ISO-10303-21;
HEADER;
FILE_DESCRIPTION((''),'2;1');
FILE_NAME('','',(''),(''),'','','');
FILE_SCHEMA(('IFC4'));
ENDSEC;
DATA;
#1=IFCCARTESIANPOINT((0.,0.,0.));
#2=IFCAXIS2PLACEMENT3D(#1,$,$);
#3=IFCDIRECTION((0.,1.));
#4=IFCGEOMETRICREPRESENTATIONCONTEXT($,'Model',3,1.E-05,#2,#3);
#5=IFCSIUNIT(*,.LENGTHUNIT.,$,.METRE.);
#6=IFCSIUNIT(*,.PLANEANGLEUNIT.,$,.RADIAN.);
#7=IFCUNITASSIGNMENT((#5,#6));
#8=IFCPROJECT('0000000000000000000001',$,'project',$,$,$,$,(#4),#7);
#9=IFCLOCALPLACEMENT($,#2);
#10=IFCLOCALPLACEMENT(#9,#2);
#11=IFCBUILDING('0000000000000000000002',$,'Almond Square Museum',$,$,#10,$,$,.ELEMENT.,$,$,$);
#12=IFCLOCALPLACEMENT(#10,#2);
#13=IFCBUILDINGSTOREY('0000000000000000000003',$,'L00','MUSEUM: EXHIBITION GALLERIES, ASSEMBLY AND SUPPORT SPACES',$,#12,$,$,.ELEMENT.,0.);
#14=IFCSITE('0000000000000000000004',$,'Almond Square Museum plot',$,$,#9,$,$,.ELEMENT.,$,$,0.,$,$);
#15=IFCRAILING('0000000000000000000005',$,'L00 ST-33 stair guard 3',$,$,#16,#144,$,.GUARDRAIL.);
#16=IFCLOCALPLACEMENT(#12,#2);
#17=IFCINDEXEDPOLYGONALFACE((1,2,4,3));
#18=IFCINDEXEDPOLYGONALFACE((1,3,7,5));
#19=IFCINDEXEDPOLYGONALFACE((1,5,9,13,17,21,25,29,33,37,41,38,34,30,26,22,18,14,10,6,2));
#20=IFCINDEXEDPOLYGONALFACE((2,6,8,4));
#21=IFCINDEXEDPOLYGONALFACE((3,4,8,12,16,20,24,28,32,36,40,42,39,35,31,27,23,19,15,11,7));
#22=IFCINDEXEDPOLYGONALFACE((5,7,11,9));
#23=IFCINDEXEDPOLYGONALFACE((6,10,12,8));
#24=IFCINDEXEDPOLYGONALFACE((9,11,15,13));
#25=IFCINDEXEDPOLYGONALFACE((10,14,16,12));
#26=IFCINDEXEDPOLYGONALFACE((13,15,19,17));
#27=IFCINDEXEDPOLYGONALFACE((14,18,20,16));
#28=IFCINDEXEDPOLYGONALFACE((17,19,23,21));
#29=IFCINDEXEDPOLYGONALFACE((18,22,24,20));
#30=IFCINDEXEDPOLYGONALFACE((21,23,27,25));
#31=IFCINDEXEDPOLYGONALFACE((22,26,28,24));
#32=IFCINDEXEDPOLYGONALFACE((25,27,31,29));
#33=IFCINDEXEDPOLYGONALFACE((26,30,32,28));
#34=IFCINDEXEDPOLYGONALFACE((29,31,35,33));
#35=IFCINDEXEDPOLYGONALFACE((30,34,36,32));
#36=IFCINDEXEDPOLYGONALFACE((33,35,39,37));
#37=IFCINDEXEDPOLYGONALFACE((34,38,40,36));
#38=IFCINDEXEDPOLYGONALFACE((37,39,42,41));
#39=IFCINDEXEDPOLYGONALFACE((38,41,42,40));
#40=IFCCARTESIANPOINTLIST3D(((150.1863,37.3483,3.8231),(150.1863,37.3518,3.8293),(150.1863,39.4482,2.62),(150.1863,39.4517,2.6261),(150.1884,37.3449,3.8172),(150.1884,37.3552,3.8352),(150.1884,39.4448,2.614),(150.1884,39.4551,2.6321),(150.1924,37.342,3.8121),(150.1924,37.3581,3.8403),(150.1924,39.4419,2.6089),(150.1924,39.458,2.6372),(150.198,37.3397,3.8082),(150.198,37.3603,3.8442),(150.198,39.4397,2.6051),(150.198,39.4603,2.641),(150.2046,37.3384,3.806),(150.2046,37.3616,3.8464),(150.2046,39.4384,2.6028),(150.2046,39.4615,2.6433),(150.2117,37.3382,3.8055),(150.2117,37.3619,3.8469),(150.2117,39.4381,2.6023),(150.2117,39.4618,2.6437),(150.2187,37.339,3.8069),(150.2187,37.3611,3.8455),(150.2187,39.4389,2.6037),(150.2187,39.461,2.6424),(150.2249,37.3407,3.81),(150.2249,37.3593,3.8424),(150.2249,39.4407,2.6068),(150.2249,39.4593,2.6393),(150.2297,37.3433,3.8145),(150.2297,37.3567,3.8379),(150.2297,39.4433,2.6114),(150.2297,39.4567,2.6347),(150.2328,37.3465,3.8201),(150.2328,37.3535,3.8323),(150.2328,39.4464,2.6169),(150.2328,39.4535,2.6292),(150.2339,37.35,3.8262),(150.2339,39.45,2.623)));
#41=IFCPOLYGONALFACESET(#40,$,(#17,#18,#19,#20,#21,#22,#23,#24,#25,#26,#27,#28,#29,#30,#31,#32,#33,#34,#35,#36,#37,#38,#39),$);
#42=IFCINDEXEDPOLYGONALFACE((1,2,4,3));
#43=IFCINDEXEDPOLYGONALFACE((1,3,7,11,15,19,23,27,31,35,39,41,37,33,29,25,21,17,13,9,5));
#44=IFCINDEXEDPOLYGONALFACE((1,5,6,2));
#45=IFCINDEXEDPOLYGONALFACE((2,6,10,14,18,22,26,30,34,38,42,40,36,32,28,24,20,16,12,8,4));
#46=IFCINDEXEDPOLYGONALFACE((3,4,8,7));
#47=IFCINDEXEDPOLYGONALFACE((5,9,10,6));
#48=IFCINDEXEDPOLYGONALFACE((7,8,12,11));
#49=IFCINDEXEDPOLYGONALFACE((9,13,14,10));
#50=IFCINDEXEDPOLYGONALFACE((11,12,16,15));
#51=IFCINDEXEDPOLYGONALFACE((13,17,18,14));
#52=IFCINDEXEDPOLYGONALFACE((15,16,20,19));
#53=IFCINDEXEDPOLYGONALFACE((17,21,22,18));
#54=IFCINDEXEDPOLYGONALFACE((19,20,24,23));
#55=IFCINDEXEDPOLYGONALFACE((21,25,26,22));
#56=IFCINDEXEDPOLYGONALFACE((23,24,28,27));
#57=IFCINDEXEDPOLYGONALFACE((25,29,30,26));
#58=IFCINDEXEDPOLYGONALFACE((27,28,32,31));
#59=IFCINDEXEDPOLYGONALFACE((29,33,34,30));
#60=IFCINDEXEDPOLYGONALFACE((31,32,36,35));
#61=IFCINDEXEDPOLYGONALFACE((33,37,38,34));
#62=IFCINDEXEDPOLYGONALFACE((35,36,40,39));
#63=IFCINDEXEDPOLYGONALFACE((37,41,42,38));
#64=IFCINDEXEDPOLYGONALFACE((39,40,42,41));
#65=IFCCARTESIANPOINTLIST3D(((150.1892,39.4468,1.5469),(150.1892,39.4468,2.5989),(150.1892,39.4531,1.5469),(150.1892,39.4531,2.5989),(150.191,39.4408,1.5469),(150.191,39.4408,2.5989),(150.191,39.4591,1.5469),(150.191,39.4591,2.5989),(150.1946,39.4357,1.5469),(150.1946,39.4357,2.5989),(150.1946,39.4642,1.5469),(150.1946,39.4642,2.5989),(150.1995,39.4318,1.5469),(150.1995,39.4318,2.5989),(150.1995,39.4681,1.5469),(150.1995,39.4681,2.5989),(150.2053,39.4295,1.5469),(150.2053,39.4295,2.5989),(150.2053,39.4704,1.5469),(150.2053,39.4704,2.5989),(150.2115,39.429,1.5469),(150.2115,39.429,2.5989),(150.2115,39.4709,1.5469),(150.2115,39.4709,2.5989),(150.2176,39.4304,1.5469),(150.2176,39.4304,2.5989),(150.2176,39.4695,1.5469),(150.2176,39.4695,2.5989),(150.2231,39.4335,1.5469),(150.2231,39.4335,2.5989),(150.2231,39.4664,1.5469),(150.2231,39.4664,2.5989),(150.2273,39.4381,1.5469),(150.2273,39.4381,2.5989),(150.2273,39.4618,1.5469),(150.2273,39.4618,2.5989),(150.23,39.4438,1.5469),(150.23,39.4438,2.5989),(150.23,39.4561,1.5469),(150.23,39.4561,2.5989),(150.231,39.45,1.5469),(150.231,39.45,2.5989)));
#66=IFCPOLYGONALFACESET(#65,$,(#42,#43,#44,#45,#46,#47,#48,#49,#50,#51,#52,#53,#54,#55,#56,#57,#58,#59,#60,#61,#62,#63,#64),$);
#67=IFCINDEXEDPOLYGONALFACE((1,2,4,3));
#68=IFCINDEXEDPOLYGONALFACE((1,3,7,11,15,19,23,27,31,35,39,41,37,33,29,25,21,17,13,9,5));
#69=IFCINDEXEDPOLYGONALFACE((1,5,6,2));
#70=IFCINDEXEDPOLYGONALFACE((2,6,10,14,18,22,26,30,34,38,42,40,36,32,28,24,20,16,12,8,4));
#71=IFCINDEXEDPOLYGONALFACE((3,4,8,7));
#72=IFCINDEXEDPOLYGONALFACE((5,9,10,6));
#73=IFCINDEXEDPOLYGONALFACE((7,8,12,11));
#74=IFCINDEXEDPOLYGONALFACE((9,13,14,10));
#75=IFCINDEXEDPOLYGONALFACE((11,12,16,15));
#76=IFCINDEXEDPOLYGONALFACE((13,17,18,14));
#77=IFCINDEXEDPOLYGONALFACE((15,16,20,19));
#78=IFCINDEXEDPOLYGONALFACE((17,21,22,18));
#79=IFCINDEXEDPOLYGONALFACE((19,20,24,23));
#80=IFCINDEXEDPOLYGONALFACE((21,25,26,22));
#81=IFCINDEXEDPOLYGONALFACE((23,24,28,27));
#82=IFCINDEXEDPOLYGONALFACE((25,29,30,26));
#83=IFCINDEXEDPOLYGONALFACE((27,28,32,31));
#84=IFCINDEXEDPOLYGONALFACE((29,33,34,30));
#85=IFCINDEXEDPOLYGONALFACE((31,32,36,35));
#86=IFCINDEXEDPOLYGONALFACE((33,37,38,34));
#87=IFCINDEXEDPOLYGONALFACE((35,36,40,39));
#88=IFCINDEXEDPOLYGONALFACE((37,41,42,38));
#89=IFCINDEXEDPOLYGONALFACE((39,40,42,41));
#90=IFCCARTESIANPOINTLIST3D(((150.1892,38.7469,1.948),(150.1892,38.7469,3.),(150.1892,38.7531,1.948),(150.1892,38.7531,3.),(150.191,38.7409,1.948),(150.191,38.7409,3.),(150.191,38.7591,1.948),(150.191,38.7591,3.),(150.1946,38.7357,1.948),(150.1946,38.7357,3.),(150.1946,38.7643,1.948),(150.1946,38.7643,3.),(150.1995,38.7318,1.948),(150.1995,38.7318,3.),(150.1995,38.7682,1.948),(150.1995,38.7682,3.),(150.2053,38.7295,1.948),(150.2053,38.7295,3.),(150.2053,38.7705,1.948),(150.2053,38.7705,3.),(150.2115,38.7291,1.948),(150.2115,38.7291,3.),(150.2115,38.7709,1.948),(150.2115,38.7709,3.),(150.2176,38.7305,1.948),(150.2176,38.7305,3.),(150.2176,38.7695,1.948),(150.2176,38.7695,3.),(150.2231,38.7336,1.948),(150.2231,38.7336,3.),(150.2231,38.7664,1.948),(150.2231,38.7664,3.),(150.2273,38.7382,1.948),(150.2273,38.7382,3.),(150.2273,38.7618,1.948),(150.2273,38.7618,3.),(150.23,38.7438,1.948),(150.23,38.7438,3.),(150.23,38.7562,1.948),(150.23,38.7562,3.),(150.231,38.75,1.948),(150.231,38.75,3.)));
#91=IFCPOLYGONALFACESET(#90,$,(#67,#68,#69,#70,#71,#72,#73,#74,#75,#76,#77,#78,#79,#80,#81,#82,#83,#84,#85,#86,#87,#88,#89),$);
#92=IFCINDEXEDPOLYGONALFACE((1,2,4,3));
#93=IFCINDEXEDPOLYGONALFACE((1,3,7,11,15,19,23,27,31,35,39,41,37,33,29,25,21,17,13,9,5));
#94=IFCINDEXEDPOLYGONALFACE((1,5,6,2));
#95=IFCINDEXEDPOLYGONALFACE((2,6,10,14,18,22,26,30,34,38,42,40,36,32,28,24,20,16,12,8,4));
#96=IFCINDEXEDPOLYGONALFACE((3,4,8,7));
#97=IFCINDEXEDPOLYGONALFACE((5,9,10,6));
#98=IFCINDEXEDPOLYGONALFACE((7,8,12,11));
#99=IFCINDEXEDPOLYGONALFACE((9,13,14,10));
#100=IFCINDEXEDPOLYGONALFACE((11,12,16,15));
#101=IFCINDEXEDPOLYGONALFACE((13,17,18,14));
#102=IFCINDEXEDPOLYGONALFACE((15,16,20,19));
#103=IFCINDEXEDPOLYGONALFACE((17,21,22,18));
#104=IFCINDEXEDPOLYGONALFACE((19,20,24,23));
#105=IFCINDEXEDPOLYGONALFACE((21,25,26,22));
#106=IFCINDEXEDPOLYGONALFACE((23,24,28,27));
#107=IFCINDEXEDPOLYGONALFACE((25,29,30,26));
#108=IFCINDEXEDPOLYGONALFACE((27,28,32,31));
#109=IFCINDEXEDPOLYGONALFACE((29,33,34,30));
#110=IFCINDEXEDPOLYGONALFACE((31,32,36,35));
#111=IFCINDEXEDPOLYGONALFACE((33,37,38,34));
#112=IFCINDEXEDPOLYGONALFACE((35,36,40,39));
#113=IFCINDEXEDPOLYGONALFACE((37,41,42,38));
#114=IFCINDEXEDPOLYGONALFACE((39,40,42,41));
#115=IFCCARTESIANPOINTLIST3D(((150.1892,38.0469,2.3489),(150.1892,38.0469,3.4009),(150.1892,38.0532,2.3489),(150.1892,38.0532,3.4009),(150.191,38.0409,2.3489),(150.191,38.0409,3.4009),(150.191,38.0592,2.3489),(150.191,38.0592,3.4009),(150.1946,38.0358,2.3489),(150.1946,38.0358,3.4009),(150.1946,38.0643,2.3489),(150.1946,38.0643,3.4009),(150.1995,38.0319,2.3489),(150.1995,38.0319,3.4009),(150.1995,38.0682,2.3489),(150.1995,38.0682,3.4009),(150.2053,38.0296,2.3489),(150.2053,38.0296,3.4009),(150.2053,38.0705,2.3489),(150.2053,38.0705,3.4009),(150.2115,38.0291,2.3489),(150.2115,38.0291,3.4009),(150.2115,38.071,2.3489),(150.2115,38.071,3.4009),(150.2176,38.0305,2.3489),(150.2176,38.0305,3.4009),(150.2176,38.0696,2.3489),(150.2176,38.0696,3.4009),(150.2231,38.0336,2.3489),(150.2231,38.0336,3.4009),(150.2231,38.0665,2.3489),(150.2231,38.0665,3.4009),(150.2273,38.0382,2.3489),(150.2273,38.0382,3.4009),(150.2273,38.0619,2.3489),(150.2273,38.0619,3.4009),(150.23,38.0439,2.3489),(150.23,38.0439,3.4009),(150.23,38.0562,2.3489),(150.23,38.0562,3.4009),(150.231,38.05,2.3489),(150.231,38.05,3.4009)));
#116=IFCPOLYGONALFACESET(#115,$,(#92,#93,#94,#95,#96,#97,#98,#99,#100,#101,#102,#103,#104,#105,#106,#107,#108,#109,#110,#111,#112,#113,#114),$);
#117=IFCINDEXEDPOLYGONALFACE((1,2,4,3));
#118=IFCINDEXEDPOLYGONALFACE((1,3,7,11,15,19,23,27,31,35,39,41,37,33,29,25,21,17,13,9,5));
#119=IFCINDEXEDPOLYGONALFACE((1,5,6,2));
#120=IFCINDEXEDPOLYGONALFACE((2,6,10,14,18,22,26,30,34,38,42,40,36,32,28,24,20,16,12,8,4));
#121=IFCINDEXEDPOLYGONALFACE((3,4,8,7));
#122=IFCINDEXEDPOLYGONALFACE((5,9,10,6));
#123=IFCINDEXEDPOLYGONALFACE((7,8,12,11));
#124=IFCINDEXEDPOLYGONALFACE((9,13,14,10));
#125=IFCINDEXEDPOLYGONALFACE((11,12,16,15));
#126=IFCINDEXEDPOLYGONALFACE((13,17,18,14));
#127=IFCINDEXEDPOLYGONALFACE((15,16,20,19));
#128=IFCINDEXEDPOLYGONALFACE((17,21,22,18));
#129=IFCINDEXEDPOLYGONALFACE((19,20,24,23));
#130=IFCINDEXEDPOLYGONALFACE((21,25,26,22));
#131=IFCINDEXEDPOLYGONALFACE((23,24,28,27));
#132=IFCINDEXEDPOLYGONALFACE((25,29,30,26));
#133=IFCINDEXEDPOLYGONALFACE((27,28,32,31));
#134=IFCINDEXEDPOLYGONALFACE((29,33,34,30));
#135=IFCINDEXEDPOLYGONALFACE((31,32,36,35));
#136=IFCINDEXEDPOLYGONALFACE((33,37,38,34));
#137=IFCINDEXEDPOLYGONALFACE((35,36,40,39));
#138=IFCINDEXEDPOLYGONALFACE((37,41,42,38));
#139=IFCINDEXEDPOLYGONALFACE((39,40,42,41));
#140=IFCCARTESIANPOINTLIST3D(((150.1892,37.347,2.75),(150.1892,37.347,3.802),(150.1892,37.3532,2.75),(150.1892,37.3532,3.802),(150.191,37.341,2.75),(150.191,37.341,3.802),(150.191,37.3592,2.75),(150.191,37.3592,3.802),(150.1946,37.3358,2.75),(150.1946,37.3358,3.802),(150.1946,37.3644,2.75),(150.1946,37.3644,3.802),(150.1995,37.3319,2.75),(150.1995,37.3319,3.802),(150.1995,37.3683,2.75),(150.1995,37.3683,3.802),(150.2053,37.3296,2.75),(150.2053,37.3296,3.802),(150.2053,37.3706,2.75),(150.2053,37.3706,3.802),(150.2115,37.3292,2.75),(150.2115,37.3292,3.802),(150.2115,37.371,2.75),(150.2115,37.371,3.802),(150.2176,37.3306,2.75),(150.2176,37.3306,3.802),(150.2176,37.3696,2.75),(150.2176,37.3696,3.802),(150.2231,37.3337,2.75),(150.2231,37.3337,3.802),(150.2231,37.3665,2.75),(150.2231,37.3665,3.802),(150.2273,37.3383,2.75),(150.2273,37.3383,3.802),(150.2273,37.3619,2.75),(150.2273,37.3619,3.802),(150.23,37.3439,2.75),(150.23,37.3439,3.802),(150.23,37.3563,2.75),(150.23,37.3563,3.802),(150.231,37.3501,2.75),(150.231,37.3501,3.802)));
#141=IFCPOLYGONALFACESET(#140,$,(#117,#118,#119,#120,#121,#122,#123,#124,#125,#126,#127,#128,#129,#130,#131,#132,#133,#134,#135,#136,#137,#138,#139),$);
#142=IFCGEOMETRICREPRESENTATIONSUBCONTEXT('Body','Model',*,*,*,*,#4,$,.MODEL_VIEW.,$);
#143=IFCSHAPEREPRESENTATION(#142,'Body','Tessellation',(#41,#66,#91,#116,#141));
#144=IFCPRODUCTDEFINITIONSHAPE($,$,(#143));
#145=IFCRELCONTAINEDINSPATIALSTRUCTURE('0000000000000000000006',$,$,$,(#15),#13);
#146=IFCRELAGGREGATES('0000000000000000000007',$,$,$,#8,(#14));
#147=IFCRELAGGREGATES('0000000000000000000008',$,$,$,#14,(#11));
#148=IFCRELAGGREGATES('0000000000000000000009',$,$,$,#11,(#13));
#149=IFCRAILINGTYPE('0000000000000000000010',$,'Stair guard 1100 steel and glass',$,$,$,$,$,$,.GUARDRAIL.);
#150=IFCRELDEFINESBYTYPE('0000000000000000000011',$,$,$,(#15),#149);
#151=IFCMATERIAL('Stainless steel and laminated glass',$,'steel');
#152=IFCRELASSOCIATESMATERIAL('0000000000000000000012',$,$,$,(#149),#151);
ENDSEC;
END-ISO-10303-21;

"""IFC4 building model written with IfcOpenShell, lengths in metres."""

from ifc_helpers import new_model, si_unit, direction, frame, origin, origin_2d, place, context, subcontext, project, spatial, circle, extrude, material, type_object, element, save


model = new_model("IFC4")

# Units and contexts
model_context = context("Model", 3, precision=1e-05, world=origin(), true_north=direction((0.0, 1.0)))
body_context = subcontext(model_context, "Body", "Model", "MODEL_VIEW")
ifc_project = project(units=[si_unit("LENGTHUNIT", "METRE"), si_unit("PLANEANGLEUNIT", "RADIAN")], contexts=[model_context])

# Site, building, storey
site_placement = place(None, origin())
site = spatial("IfcSite", under=ifc_project, at=site_placement, Name="Almond Square Museum plot", CompositionType="ELEMENT", RefElevation=0.0)
building_placement = place(site_placement, origin())
building = spatial("IfcBuilding", under=site, at=building_placement, Name="Almond Square Museum", CompositionType="ELEMENT")
storey_placement = place(building_placement, origin())
storey = spatial("IfcBuildingStorey", under=building, at=storey_placement, Name="L00", Description="MUSEUM: EXHIBITION GALLERIES, ASSEMBLY AND SUPPORT SPACES", CompositionType="ELEMENT", Elevation=0.0)

# Railing
ifc_material_1 = material(Name="Stainless steel and laminated glass", Category="steel")
railing_type_1 = type_object("IfcRailingType", Name="Stair guard 1100 steel and glass", PredefinedType="GUARDRAIL", material=ifc_material_1)
railing_1_placement = place(storey_placement, frame((150.21, 39.45, 1.5469)))
element("IfcRailing", 1, at=railing_1_placement, inside=storey, type_object=railing_type_1, Name="L00 ST-33 stair guard 3", PredefinedType="GUARDRAIL", context=body_context, shape_type="SweptSolid", body=[
    extrude(circle(Radius=0.0239, at=origin_2d()), frame((0.0, 0.0, 1.0762), z_axis=(0.0, -0.867671, 0.497138), x_axis=(1.0, 0.0, 0.0)), (0.0, 0.0, 1.0), 2.4202),
    extrude(circle(Radius=0.021, at=origin_2d()), origin(), (0.0, 0.0, 1.0), 1.052),
    extrude(circle(Radius=0.021, at=origin_2d()), frame((0.0, -0.7, 0.4011)), (0.0, 0.0, 1.0), 1.052),
    extrude(circle(Radius=0.021, at=origin_2d()), frame((0.0, -1.3999, 0.802)), (0.0, 0.0, 1.0), 1.052),
    extrude(circle(Radius=0.021, at=origin_2d()), frame((0.0, -2.0999, 1.2031)), (0.0, 0.0, 1.0), 1.052),
])

save(model, "model.ifc")
